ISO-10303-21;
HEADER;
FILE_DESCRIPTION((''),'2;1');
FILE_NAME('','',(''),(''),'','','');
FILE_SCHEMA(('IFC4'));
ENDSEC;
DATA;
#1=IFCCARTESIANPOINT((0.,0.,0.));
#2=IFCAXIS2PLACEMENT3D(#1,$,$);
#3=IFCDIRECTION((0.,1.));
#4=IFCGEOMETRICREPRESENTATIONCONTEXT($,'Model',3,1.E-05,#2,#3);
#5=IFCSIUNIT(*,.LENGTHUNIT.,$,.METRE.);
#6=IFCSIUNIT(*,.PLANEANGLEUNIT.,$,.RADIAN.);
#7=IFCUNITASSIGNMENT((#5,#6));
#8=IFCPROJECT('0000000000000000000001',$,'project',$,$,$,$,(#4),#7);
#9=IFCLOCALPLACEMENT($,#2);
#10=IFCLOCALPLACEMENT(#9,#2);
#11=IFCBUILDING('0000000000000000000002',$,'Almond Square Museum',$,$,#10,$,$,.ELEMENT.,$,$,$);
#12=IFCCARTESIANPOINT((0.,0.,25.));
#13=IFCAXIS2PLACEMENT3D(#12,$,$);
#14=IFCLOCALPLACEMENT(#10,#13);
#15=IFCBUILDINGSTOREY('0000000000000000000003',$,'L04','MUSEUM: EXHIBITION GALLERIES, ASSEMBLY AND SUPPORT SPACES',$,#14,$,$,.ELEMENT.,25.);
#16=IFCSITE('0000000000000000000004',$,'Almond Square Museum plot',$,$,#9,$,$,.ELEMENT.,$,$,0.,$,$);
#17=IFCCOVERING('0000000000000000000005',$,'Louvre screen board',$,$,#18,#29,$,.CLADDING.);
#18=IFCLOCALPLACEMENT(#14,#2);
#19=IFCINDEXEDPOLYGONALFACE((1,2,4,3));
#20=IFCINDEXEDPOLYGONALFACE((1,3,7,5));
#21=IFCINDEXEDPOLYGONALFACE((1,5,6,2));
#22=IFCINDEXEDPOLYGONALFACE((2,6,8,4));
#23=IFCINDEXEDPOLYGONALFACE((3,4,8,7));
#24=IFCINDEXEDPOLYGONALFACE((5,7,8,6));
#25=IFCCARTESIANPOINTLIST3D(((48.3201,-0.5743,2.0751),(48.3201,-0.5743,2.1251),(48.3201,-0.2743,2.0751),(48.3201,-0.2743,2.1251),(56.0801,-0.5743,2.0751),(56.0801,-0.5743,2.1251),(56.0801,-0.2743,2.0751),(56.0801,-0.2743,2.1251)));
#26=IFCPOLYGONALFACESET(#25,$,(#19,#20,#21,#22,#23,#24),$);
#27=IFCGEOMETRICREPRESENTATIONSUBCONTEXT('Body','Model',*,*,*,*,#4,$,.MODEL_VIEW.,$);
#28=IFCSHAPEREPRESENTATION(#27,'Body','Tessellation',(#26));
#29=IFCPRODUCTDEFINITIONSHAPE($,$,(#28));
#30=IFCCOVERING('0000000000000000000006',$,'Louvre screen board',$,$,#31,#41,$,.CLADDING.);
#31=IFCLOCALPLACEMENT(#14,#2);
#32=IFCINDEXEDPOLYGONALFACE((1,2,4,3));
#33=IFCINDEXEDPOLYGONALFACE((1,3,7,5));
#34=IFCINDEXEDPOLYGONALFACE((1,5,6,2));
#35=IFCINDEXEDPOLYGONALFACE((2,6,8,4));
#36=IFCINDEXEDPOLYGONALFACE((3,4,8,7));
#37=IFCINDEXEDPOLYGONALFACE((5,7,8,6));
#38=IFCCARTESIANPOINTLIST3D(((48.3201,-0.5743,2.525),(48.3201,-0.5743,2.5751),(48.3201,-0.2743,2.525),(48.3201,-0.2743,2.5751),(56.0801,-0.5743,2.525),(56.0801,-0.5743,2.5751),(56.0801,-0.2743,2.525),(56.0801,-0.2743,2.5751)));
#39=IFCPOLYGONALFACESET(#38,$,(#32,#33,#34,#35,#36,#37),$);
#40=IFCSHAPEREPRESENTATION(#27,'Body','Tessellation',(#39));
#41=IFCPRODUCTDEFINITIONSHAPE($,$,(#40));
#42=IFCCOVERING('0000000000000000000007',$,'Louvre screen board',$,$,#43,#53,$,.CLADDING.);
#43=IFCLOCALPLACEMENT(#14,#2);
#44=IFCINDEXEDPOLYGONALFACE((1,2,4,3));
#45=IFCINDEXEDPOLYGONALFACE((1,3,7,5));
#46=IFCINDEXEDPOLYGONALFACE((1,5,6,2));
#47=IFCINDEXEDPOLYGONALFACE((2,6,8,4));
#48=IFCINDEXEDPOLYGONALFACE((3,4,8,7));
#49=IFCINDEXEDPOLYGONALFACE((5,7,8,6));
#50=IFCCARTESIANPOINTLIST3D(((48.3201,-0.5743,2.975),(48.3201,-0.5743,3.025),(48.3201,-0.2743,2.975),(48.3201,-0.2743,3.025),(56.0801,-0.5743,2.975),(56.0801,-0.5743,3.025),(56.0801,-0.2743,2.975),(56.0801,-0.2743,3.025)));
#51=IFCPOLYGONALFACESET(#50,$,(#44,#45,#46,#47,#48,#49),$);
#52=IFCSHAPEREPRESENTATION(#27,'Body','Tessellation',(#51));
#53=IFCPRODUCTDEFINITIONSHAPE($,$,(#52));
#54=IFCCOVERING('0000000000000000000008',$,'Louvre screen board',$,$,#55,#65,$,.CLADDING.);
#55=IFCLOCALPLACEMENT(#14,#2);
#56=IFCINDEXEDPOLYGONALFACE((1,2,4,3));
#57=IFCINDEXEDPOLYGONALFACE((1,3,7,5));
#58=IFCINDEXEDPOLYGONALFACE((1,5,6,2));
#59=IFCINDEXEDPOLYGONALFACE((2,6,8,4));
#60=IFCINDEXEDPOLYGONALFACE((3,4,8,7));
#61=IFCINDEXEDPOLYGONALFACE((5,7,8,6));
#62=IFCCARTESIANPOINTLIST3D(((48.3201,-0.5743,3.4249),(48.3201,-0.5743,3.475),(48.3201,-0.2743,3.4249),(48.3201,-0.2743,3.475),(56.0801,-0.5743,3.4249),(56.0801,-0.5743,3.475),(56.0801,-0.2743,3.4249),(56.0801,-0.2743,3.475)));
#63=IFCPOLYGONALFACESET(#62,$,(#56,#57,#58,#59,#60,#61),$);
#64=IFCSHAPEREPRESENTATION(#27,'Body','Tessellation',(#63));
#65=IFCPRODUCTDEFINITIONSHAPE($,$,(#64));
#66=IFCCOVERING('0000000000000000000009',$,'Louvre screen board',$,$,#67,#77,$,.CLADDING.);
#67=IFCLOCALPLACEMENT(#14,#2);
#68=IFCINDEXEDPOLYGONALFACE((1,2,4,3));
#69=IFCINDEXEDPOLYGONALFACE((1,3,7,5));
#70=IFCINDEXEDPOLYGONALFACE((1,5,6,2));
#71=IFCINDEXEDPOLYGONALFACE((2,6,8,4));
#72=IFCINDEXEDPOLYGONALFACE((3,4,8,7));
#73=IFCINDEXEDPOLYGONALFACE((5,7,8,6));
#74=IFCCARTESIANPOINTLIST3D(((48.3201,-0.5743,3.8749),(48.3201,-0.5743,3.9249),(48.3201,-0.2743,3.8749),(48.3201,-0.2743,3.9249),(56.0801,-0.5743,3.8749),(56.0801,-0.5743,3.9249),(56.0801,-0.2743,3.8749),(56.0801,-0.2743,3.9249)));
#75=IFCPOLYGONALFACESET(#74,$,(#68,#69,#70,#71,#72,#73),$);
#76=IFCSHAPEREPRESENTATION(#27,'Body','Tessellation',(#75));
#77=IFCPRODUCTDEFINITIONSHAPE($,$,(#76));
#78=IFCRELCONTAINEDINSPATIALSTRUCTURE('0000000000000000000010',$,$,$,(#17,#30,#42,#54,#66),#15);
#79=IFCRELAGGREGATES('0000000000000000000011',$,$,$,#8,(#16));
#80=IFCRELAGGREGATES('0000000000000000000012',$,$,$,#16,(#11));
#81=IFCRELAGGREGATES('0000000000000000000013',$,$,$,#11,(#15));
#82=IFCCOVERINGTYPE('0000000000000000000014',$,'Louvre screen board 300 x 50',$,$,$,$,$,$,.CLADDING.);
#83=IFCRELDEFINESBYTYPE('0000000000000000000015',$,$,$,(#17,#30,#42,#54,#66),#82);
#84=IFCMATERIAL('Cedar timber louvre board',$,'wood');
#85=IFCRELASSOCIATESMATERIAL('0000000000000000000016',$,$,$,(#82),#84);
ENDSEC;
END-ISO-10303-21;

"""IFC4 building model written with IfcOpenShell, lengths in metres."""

from ifc_helpers import new_model, si_unit, direction, frame, origin, origin_2d, place, context, subcontext, project, spatial, rectangle, extrude, material, material_profile, profile_set, type_object, element, save


model = new_model("IFC4")

# Units and contexts
model_context = context("Model", 3, precision=1e-05, world=origin(), true_north=direction((0.0, 1.0)))
body_context = subcontext(model_context, "Body", "Model", "MODEL_VIEW")
ifc_project = project(units=[si_unit("LENGTHUNIT", "METRE"), si_unit("PLANEANGLEUNIT", "RADIAN")], contexts=[model_context])

# Site, building, storey
site_placement = place(None, origin())
site = spatial("IfcSite", under=ifc_project, at=site_placement, Name="Almond Square Museum plot", CompositionType="ELEMENT", RefElevation=0.0)
building_placement = place(site_placement, origin())
building = spatial("IfcBuilding", under=site, at=building_placement, Name="Almond Square Museum", CompositionType="ELEMENT")
storey_placement = place(building_placement, frame((0.0, 0.0, 25.0)))
storey = spatial("IfcBuildingStorey", under=building, at=storey_placement, Name="L04", Description="MUSEUM: EXHIBITION GALLERIES, ASSEMBLY AND SUPPORT SPACES", CompositionType="ELEMENT", Elevation=25.0)

# Coverings
ifc_material_1 = material(Name="Cedar timber louvre board", Category="wood")
ifc_material_profile_1 = material_profile(ifc_material_1, rectangle(XDim=0.3, YDim=0.05, at=origin_2d()))
ifc_profile_set_1 = profile_set([ifc_material_profile_1], Name="Cedar timber louvre board")
covering_type = type_object("IfcCoveringType", Name="Louvre screen board 300 x 50", PredefinedType="CLADDING", material=ifc_profile_set_1)
for number, where, z_axis, x_axis, name in (
    (1, (48.3201, -0.4243, 2.1001), (1.0, 0.0, 0.0), (0.0, 1.0, 0.0), "Louvre screen board"),
    (2, (48.3201, -0.4243, 2.55), (1.0, 0.0, 0.0), (0.0, 1.0, 0.0), "Louvre screen board"),
    (3, (48.3201, -0.4243, 3.0), (1.0, 0.0, 0.0), (0.0, 1.0, 0.0), "Louvre screen board"),
    (4, (48.3201, -0.4243, 3.45), (1.0, 0.0, 0.0), (0.0, 1.0, 0.0), "Louvre screen board"),
    (5, (48.3201, -0.4243, 3.8999), (1.0, 0.0, 0.0), (0.0, 1.0, 0.0), "Louvre screen board"),
):
    element("IfcCovering", number, at=place(storey_placement, frame(where, z_axis=z_axis, x_axis=x_axis)), inside=storey, type_object=covering_type, Name=name, PredefinedType="CLADDING", context=body_context, shape_type="SweptSolid", body=[
        extrude(rectangle(XDim=0.3, YDim=0.05, at=origin_2d()), origin(), (0.0, 0.0, 1.0), 7.76),
    ])

save(model, "model.ifc")
